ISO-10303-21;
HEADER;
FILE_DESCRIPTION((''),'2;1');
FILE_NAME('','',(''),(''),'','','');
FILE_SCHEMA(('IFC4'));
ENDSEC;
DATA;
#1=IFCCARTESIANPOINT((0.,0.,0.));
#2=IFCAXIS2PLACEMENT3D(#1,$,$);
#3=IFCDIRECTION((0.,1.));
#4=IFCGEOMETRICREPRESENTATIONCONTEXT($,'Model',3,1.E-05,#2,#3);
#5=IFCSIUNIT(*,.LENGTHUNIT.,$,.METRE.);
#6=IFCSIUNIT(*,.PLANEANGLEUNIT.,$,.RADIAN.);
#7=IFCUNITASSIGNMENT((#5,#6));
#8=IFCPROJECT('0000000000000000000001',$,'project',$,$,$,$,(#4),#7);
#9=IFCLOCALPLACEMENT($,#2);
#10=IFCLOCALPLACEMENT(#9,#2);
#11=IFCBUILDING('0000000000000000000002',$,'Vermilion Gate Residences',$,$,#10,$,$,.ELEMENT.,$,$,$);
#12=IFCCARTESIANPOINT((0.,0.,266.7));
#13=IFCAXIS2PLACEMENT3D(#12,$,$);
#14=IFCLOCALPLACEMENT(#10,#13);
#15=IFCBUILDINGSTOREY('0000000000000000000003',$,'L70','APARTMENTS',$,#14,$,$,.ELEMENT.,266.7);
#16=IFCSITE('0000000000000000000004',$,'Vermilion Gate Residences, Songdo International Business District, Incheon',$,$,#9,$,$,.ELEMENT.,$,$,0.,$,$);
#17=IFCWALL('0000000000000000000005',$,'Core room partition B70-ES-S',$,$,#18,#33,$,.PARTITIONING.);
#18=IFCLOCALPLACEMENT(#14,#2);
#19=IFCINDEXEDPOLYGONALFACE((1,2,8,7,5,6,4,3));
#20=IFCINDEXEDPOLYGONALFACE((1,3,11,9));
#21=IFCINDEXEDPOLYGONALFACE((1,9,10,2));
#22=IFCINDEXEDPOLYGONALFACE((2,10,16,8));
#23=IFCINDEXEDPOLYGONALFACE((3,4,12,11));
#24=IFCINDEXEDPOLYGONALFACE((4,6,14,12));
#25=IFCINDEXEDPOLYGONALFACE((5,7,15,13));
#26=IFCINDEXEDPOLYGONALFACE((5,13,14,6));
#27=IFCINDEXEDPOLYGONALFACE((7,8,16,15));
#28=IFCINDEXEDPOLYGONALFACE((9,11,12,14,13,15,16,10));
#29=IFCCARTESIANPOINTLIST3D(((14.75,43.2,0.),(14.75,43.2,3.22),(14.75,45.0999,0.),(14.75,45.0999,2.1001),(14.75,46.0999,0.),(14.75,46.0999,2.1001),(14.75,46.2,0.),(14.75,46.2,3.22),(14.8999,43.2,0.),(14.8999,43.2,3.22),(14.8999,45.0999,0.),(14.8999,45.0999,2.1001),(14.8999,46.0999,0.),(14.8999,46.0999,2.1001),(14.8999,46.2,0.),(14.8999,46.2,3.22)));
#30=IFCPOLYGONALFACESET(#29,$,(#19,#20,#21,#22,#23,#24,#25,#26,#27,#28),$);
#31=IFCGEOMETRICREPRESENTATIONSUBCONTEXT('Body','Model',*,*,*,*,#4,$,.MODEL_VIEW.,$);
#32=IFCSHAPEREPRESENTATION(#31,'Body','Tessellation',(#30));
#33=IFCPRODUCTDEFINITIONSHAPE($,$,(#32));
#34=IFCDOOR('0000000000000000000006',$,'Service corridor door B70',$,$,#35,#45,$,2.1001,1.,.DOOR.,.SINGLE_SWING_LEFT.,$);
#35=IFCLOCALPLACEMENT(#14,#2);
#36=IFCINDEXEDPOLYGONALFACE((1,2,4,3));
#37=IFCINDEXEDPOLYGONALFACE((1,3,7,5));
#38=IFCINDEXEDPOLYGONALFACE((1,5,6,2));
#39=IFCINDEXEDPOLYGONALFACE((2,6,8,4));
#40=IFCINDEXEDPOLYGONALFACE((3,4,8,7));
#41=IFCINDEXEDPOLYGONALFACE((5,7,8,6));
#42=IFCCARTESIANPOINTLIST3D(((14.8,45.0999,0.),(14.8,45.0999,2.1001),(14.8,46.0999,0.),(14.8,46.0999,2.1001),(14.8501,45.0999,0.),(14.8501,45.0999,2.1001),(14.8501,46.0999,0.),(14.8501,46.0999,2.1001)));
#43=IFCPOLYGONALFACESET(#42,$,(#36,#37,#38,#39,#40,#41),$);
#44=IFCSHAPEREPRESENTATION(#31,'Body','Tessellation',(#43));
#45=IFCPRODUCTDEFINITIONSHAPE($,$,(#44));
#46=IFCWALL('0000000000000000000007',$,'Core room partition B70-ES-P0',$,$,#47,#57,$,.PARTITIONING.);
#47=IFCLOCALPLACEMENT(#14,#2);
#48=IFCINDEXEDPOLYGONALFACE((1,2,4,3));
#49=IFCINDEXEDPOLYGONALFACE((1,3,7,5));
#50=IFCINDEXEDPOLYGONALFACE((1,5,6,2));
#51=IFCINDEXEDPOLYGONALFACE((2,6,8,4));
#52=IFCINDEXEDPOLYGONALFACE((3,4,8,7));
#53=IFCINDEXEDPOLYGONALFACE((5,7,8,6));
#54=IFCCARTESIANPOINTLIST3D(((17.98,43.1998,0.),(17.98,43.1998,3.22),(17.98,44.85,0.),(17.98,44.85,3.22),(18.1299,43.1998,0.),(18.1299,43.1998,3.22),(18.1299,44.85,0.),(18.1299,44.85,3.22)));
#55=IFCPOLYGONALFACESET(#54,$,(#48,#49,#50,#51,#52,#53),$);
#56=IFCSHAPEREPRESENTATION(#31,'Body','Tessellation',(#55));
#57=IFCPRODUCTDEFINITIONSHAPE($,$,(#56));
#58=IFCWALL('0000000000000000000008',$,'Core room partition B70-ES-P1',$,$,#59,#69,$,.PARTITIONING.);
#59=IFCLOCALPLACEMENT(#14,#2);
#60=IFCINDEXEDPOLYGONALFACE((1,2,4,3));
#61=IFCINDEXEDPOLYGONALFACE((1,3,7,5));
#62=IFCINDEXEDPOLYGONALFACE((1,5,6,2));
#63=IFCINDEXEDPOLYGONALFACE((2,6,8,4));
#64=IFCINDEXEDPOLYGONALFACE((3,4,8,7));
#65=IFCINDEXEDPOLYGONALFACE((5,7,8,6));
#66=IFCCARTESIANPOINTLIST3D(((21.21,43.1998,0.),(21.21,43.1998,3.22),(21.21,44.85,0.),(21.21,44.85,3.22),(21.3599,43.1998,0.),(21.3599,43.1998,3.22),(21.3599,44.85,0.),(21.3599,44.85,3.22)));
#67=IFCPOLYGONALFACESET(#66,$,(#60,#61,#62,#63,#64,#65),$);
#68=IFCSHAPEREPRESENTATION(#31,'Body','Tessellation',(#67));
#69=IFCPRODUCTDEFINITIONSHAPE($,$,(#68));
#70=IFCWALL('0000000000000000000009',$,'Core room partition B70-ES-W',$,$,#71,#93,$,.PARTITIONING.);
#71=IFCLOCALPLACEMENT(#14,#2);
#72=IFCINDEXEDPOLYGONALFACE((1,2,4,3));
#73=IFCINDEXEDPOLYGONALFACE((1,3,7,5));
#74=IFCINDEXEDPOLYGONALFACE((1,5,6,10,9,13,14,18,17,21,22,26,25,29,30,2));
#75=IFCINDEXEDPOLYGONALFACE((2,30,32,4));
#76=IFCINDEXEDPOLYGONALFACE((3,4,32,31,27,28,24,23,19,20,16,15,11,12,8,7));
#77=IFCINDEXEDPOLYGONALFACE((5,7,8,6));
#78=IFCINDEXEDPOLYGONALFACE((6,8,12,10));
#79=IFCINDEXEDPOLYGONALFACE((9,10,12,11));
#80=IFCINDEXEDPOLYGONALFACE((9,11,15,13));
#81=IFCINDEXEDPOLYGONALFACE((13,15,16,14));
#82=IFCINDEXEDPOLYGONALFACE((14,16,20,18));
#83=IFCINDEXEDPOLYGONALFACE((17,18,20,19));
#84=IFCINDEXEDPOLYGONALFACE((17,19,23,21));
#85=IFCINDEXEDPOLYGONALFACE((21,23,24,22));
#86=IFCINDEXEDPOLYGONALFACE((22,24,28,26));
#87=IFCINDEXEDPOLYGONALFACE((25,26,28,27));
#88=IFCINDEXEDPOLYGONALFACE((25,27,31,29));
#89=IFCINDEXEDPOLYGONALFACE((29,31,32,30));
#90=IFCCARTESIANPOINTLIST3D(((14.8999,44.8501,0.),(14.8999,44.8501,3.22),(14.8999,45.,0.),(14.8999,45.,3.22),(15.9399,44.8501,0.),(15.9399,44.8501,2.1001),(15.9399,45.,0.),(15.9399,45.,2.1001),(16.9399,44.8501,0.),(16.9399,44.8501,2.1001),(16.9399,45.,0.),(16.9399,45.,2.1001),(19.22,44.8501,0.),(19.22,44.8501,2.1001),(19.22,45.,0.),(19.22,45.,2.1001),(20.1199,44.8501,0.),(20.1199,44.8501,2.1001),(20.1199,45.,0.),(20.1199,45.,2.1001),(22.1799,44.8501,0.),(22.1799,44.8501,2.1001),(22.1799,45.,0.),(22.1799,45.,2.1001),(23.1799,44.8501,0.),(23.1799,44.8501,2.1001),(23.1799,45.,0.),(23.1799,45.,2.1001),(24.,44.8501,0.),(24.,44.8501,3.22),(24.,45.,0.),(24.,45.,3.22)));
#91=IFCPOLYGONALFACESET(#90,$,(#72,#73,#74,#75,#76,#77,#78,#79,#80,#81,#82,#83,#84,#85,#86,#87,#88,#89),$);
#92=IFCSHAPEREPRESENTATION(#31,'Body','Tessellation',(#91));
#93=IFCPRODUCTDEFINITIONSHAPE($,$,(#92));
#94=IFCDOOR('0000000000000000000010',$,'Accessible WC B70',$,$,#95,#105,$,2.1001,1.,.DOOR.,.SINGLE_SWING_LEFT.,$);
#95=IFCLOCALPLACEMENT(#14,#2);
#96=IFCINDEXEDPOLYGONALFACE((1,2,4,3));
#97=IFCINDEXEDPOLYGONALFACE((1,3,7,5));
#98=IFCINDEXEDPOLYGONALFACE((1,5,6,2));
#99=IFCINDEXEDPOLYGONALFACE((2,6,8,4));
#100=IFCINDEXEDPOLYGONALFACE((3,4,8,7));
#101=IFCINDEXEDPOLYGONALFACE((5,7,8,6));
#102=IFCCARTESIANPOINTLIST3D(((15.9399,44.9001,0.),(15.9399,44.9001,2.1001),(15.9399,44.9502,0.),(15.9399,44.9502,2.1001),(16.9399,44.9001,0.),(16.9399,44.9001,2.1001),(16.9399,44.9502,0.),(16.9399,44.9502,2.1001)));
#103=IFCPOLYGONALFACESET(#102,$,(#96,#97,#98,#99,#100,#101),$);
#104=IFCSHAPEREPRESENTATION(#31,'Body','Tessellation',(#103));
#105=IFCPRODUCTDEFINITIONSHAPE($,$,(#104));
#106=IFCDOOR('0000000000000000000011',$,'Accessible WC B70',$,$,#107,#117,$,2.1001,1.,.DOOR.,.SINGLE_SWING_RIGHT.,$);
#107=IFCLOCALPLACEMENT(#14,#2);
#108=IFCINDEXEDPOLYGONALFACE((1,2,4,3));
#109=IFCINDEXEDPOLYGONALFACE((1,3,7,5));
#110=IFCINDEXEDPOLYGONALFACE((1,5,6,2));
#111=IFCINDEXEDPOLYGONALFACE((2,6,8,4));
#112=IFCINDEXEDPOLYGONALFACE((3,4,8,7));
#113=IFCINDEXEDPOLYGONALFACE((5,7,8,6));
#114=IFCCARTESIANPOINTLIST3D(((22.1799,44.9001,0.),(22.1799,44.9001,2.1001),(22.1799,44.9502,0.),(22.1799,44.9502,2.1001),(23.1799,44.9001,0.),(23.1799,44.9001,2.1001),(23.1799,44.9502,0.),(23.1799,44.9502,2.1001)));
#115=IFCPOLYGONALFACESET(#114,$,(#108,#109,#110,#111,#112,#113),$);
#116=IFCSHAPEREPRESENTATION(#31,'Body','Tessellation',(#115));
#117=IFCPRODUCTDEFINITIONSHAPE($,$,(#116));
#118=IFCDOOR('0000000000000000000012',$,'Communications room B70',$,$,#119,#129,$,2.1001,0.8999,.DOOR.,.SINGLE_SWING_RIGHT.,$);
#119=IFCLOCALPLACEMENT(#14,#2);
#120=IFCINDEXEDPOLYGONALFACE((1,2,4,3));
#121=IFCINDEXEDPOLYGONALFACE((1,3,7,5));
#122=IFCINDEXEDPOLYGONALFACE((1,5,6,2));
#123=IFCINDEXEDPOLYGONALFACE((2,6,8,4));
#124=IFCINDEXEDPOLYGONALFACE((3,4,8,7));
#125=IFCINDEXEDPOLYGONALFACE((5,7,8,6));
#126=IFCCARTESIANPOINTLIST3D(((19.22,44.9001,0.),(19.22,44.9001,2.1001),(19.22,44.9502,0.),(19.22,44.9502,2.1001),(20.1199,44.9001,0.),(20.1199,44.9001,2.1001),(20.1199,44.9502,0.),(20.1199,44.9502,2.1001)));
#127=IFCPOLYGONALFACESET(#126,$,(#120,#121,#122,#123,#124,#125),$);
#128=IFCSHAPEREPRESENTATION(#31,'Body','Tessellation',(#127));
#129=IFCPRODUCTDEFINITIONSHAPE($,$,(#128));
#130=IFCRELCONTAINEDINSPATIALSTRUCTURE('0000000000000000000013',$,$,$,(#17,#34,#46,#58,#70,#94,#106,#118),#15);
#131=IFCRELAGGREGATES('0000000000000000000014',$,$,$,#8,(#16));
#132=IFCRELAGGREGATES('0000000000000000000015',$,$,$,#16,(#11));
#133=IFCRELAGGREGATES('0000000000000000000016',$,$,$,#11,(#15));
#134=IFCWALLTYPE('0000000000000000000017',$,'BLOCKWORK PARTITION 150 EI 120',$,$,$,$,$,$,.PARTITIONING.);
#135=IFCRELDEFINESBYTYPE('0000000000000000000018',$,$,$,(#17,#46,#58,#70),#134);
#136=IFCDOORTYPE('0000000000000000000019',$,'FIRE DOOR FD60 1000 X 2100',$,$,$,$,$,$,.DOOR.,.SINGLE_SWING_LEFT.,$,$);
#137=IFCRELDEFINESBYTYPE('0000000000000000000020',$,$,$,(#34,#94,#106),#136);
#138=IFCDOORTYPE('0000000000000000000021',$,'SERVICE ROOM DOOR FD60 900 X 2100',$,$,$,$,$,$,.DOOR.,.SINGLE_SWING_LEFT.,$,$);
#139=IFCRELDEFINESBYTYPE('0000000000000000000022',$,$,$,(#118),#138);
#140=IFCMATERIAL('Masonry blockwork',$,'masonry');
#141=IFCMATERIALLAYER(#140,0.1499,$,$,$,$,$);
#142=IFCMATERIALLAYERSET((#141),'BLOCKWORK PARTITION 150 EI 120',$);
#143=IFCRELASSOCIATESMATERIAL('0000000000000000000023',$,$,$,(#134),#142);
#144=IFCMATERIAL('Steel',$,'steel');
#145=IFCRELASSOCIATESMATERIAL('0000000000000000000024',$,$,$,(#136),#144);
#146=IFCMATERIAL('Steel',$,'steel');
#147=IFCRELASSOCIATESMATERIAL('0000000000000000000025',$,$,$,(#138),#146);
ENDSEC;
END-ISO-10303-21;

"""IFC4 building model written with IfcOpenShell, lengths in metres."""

from ifc_helpers import new_model, si_unit, direction, frame, frame_2d, origin, place, context, subcontext, project, spatial, rectangle, extrude, material, layer, layer_set, type_object, element, fill, save


model = new_model("IFC4")

# Units and contexts
model_context = context("Model", 3, precision=1e-05, world=origin(), true_north=direction((0.0, 1.0)))
body_context = subcontext(model_context, "Body", "Model", "MODEL_VIEW")
ifc_project = project(units=[si_unit("LENGTHUNIT", "METRE"), si_unit("PLANEANGLEUNIT", "RADIAN")], contexts=[model_context])

# Site, building, storey
site_placement = place(None, origin())
site = spatial("IfcSite", under=ifc_project, at=site_placement, Name="Vermilion Gate Residences, Songdo International Business District, Incheon", CompositionType="ELEMENT", RefElevation=0.0)
building_placement = place(site_placement, origin())
building = spatial("IfcBuilding", under=site, at=building_placement, Name="Vermilion Gate Residences", CompositionType="ELEMENT")
storey_placement = place(building_placement, frame((0.0, 0.0, 266.7)))
storey = spatial("IfcBuildingStorey", under=building, at=storey_placement, Name="L70", Description="APARTMENTS", CompositionType="ELEMENT", Elevation=266.7)

# Wall, opening, door
ifc_material_1 = material(Name="Masonry blockwork", Category="masonry")
ifc_layer_1 = layer(ifc_material_1, 0.1499)
ifc_layer_set_1 = layer_set([ifc_layer_1], Name="BLOCKWORK PARTITION 150 EI 120")
wall_type_1 = type_object("IfcWallType", Name="BLOCKWORK PARTITION 150 EI 120", PredefinedType="PARTITIONING", material=ifc_layer_set_1)
wall_1_placement = place(storey_placement, frame((14.825, 46.2, 0.0), z_axis=(0.0, 0.0, 1.0), x_axis=(0.0, -1.0, 0.0)))
wall_1 = element("IfcWall", 1, at=wall_1_placement, inside=storey, type_object=wall_type_1, Name="Core room partition B70-ES-S", PredefinedType="PARTITIONING", context=body_context, shape_type="SweptSolid", body=[
    extrude(rectangle(XDim=3.0, YDim=0.1499, at=frame_2d((1.5, 0.0))), origin(), (0.0, 0.0, 1.0), 3.22),
])
opening_1_placement = place(wall_1_placement, frame((0.1001, 0.0, 0.0)))
opening_1 = element("IfcOpeningElement", 2, at=opening_1_placement, cuts=wall_1, PredefinedType="OPENING", context=body_context, shape_type="SweptSolid", body=[
    extrude(rectangle(XDim=1.0, YDim=2.1001, at=frame_2d((0.5, 1.05))), frame((0.0, 0.085, 0.0), z_axis=(0.0, -1.0, 0.0), x_axis=(1.0, 0.0, 0.0)), (0.0, 0.0, 1.0), 0.1699),
])
ifc_material_2 = material(Name="Steel", Category="steel")
door_type_1 = type_object("IfcDoorType", Name="FIRE DOOR FD60 1000 X 2100", OperationType="SINGLE_SWING_LEFT", PredefinedType="DOOR", material=ifc_material_2)
door_1_placement = place(opening_1_placement, frame((1.0, 0.0, 0.0), z_axis=(0.0, 0.0, 1.0), x_axis=(-1.0, 0.0, 0.0)))
door_1 = element("IfcDoor", 3, at=door_1_placement, inside=storey, type_object=door_type_1, Name="Service corridor door B70", OperationType="SINGLE_SWING_LEFT", OverallHeight=2.1001, OverallWidth=1.0, PredefinedType="DOOR", context=body_context, shape_type="SweptSolid", body=[
    extrude(rectangle(XDim=1.0, YDim=2.1001, at=frame_2d((0.5, 1.05))), frame((0.0, 0.0249, 0.0), z_axis=(0.0, -1.0, 0.0), x_axis=(1.0, 0.0, 0.0)), (0.0, 0.0, 1.0), 0.05),
])
fill(opening_1, door_1)

# Walls
for number, where, z_axis, x_axis, name in (
    (4, (18.0549, 44.8501, 0.0), (0.0, 0.0, 1.0), (0.0, -1.0, 0.0), "Core room partition B70-ES-P0"),
    (5, (21.2849, 44.8501, 0.0), (0.0, 0.0, 1.0), (0.0, -1.0, 0.0), "Core room partition B70-ES-P1"),
):
    element("IfcWall", number, at=place(storey_placement, frame(where, z_axis=z_axis, x_axis=x_axis)), inside=storey, type_object=wall_type_1, Name=name, PredefinedType="PARTITIONING", context=body_context, shape_type="SweptSolid", body=[
        extrude(rectangle(XDim=1.6501, YDim=0.1499, at=frame_2d((0.8252, 0.0))), origin(), (0.0, 0.0, 1.0), 3.22),
    ])

# Wall, openings, doors
wall_2_placement = place(storey_placement, frame((14.8999, 44.925, 0.0), z_axis=(0.0, 0.0, 1.0), x_axis=(1.0, 0.0, 0.0)))
wall_2 = element("IfcWall", 6, at=wall_2_placement, inside=storey, type_object=wall_type_1, Name="Core room partition B70-ES-W", PredefinedType="PARTITIONING", context=body_context, shape_type="SweptSolid", body=[
    extrude(rectangle(XDim=9.1001, YDim=0.1499, at=frame_2d((4.55, 0.0))), origin(), (0.0, 0.0, 1.0), 3.22),
])
opening_2_placement = place(wall_2_placement, frame((1.04, 0.0, 0.0)))
opening_2 = element("IfcOpeningElement", 7, at=opening_2_placement, cuts=wall_2, PredefinedType="OPENING", context=body_context, shape_type="SweptSolid", body=[
    extrude(rectangle(XDim=1.0, YDim=2.1001, at=frame_2d((0.5, 1.05))), frame((0.0, 0.085, 0.0), z_axis=(0.0, -1.0, 0.0), x_axis=(1.0, 0.0, 0.0)), (0.0, 0.0, 1.0), 0.1699),
])
opening_3_placement = place(wall_2_placement, frame((4.3201, 0.0, 0.0)))
opening_3 = element("IfcOpeningElement", 8, at=opening_3_placement, cuts=wall_2, PredefinedType="OPENING", context=body_context, shape_type="SweptSolid", body=[
    extrude(rectangle(XDim=0.8999, YDim=2.1001, at=frame_2d((0.45, 1.05))), frame((0.0, 0.085, 0.0), z_axis=(0.0, -1.0, 0.0), x_axis=(1.0, 0.0, 0.0)), (0.0, 0.0, 1.0), 0.1699),
])
opening_4_placement = place(wall_2_placement, frame((7.28, 0.0, 0.0)))
opening_4 = element("IfcOpeningElement", 9, at=opening_4_placement, cuts=wall_2, PredefinedType="OPENING", context=body_context, shape_type="SweptSolid", body=[
    extrude(rectangle(XDim=1.0, YDim=2.1001, at=frame_2d((0.5, 1.05))), frame((0.0, 0.085, 0.0), z_axis=(0.0, -1.0, 0.0), x_axis=(1.0, 0.0, 0.0)), (0.0, 0.0, 1.0), 0.1699),
])
door_2_placement = place(opening_2_placement, frame((1.0, 0.0, 0.0), z_axis=(0.0, 0.0, 1.0), x_axis=(-1.0, 0.0, 0.0)))
door_2 = element("IfcDoor", 10, at=door_2_placement, inside=storey, type_object=door_type_1, Name="Accessible WC B70", OperationType="SINGLE_SWING_LEFT", OverallHeight=2.1001, OverallWidth=1.0, PredefinedType="DOOR", context=body_context, shape_type="SweptSolid", body=[
    extrude(rectangle(XDim=1.0, YDim=2.1001, at=frame_2d((0.5, 1.05))), frame((0.0, 0.0249, 0.0), z_axis=(0.0, -1.0, 0.0), x_axis=(1.0, 0.0, 0.0)), (0.0, 0.0, 1.0), 0.05),
])
fill(opening_2, door_2)
door_3_placement = place(opening_4_placement, frame((1.0, 0.0, 0.0), z_axis=(0.0, 0.0, 1.0), x_axis=(-1.0, 0.0, 0.0)))
door_3 = element("IfcDoor", 11, at=door_3_placement, inside=storey, type_object=door_type_1, Name="Accessible WC B70", OperationType="SINGLE_SWING_RIGHT", OverallHeight=2.1001, OverallWidth=1.0, PredefinedType="DOOR", context=body_context, shape_type="SweptSolid", body=[
    extrude(rectangle(XDim=1.0, YDim=2.1001, at=frame_2d((0.5, 1.05))), frame((0.0, 0.0249, 0.0), z_axis=(0.0, -1.0, 0.0), x_axis=(1.0, 0.0, 0.0)), (0.0, 0.0, 1.0), 0.05),
])
fill(opening_4, door_3)
ifc_material_3 = material(Name="Steel", Category="steel")
door_type_2 = type_object("IfcDoorType", Name="SERVICE ROOM DOOR FD60 900 X 2100", OperationType="SINGLE_SWING_LEFT", PredefinedType="DOOR", material=ifc_material_3)
door_4_placement = place(opening_3_placement, frame((0.8999, 0.0, 0.0), z_axis=(0.0, 0.0, 1.0), x_axis=(-1.0, 0.0, 0.0)))
door_4 = element("IfcDoor", 12, at=door_4_placement, inside=storey, type_object=door_type_2, Name="Communications room B70", OperationType="SINGLE_SWING_RIGHT", OverallHeight=2.1001, OverallWidth=0.8999, PredefinedType="DOOR", context=body_context, shape_type="SweptSolid", body=[
    extrude(rectangle(XDim=0.8999, YDim=2.1001, at=frame_2d((0.45, 1.05))), frame((0.0, 0.0249, 0.0), z_axis=(0.0, -1.0, 0.0), x_axis=(1.0, 0.0, 0.0)), (0.0, 0.0, 1.0), 0.05),
])
fill(opening_3, door_4)

save(model, "model.ifc")
